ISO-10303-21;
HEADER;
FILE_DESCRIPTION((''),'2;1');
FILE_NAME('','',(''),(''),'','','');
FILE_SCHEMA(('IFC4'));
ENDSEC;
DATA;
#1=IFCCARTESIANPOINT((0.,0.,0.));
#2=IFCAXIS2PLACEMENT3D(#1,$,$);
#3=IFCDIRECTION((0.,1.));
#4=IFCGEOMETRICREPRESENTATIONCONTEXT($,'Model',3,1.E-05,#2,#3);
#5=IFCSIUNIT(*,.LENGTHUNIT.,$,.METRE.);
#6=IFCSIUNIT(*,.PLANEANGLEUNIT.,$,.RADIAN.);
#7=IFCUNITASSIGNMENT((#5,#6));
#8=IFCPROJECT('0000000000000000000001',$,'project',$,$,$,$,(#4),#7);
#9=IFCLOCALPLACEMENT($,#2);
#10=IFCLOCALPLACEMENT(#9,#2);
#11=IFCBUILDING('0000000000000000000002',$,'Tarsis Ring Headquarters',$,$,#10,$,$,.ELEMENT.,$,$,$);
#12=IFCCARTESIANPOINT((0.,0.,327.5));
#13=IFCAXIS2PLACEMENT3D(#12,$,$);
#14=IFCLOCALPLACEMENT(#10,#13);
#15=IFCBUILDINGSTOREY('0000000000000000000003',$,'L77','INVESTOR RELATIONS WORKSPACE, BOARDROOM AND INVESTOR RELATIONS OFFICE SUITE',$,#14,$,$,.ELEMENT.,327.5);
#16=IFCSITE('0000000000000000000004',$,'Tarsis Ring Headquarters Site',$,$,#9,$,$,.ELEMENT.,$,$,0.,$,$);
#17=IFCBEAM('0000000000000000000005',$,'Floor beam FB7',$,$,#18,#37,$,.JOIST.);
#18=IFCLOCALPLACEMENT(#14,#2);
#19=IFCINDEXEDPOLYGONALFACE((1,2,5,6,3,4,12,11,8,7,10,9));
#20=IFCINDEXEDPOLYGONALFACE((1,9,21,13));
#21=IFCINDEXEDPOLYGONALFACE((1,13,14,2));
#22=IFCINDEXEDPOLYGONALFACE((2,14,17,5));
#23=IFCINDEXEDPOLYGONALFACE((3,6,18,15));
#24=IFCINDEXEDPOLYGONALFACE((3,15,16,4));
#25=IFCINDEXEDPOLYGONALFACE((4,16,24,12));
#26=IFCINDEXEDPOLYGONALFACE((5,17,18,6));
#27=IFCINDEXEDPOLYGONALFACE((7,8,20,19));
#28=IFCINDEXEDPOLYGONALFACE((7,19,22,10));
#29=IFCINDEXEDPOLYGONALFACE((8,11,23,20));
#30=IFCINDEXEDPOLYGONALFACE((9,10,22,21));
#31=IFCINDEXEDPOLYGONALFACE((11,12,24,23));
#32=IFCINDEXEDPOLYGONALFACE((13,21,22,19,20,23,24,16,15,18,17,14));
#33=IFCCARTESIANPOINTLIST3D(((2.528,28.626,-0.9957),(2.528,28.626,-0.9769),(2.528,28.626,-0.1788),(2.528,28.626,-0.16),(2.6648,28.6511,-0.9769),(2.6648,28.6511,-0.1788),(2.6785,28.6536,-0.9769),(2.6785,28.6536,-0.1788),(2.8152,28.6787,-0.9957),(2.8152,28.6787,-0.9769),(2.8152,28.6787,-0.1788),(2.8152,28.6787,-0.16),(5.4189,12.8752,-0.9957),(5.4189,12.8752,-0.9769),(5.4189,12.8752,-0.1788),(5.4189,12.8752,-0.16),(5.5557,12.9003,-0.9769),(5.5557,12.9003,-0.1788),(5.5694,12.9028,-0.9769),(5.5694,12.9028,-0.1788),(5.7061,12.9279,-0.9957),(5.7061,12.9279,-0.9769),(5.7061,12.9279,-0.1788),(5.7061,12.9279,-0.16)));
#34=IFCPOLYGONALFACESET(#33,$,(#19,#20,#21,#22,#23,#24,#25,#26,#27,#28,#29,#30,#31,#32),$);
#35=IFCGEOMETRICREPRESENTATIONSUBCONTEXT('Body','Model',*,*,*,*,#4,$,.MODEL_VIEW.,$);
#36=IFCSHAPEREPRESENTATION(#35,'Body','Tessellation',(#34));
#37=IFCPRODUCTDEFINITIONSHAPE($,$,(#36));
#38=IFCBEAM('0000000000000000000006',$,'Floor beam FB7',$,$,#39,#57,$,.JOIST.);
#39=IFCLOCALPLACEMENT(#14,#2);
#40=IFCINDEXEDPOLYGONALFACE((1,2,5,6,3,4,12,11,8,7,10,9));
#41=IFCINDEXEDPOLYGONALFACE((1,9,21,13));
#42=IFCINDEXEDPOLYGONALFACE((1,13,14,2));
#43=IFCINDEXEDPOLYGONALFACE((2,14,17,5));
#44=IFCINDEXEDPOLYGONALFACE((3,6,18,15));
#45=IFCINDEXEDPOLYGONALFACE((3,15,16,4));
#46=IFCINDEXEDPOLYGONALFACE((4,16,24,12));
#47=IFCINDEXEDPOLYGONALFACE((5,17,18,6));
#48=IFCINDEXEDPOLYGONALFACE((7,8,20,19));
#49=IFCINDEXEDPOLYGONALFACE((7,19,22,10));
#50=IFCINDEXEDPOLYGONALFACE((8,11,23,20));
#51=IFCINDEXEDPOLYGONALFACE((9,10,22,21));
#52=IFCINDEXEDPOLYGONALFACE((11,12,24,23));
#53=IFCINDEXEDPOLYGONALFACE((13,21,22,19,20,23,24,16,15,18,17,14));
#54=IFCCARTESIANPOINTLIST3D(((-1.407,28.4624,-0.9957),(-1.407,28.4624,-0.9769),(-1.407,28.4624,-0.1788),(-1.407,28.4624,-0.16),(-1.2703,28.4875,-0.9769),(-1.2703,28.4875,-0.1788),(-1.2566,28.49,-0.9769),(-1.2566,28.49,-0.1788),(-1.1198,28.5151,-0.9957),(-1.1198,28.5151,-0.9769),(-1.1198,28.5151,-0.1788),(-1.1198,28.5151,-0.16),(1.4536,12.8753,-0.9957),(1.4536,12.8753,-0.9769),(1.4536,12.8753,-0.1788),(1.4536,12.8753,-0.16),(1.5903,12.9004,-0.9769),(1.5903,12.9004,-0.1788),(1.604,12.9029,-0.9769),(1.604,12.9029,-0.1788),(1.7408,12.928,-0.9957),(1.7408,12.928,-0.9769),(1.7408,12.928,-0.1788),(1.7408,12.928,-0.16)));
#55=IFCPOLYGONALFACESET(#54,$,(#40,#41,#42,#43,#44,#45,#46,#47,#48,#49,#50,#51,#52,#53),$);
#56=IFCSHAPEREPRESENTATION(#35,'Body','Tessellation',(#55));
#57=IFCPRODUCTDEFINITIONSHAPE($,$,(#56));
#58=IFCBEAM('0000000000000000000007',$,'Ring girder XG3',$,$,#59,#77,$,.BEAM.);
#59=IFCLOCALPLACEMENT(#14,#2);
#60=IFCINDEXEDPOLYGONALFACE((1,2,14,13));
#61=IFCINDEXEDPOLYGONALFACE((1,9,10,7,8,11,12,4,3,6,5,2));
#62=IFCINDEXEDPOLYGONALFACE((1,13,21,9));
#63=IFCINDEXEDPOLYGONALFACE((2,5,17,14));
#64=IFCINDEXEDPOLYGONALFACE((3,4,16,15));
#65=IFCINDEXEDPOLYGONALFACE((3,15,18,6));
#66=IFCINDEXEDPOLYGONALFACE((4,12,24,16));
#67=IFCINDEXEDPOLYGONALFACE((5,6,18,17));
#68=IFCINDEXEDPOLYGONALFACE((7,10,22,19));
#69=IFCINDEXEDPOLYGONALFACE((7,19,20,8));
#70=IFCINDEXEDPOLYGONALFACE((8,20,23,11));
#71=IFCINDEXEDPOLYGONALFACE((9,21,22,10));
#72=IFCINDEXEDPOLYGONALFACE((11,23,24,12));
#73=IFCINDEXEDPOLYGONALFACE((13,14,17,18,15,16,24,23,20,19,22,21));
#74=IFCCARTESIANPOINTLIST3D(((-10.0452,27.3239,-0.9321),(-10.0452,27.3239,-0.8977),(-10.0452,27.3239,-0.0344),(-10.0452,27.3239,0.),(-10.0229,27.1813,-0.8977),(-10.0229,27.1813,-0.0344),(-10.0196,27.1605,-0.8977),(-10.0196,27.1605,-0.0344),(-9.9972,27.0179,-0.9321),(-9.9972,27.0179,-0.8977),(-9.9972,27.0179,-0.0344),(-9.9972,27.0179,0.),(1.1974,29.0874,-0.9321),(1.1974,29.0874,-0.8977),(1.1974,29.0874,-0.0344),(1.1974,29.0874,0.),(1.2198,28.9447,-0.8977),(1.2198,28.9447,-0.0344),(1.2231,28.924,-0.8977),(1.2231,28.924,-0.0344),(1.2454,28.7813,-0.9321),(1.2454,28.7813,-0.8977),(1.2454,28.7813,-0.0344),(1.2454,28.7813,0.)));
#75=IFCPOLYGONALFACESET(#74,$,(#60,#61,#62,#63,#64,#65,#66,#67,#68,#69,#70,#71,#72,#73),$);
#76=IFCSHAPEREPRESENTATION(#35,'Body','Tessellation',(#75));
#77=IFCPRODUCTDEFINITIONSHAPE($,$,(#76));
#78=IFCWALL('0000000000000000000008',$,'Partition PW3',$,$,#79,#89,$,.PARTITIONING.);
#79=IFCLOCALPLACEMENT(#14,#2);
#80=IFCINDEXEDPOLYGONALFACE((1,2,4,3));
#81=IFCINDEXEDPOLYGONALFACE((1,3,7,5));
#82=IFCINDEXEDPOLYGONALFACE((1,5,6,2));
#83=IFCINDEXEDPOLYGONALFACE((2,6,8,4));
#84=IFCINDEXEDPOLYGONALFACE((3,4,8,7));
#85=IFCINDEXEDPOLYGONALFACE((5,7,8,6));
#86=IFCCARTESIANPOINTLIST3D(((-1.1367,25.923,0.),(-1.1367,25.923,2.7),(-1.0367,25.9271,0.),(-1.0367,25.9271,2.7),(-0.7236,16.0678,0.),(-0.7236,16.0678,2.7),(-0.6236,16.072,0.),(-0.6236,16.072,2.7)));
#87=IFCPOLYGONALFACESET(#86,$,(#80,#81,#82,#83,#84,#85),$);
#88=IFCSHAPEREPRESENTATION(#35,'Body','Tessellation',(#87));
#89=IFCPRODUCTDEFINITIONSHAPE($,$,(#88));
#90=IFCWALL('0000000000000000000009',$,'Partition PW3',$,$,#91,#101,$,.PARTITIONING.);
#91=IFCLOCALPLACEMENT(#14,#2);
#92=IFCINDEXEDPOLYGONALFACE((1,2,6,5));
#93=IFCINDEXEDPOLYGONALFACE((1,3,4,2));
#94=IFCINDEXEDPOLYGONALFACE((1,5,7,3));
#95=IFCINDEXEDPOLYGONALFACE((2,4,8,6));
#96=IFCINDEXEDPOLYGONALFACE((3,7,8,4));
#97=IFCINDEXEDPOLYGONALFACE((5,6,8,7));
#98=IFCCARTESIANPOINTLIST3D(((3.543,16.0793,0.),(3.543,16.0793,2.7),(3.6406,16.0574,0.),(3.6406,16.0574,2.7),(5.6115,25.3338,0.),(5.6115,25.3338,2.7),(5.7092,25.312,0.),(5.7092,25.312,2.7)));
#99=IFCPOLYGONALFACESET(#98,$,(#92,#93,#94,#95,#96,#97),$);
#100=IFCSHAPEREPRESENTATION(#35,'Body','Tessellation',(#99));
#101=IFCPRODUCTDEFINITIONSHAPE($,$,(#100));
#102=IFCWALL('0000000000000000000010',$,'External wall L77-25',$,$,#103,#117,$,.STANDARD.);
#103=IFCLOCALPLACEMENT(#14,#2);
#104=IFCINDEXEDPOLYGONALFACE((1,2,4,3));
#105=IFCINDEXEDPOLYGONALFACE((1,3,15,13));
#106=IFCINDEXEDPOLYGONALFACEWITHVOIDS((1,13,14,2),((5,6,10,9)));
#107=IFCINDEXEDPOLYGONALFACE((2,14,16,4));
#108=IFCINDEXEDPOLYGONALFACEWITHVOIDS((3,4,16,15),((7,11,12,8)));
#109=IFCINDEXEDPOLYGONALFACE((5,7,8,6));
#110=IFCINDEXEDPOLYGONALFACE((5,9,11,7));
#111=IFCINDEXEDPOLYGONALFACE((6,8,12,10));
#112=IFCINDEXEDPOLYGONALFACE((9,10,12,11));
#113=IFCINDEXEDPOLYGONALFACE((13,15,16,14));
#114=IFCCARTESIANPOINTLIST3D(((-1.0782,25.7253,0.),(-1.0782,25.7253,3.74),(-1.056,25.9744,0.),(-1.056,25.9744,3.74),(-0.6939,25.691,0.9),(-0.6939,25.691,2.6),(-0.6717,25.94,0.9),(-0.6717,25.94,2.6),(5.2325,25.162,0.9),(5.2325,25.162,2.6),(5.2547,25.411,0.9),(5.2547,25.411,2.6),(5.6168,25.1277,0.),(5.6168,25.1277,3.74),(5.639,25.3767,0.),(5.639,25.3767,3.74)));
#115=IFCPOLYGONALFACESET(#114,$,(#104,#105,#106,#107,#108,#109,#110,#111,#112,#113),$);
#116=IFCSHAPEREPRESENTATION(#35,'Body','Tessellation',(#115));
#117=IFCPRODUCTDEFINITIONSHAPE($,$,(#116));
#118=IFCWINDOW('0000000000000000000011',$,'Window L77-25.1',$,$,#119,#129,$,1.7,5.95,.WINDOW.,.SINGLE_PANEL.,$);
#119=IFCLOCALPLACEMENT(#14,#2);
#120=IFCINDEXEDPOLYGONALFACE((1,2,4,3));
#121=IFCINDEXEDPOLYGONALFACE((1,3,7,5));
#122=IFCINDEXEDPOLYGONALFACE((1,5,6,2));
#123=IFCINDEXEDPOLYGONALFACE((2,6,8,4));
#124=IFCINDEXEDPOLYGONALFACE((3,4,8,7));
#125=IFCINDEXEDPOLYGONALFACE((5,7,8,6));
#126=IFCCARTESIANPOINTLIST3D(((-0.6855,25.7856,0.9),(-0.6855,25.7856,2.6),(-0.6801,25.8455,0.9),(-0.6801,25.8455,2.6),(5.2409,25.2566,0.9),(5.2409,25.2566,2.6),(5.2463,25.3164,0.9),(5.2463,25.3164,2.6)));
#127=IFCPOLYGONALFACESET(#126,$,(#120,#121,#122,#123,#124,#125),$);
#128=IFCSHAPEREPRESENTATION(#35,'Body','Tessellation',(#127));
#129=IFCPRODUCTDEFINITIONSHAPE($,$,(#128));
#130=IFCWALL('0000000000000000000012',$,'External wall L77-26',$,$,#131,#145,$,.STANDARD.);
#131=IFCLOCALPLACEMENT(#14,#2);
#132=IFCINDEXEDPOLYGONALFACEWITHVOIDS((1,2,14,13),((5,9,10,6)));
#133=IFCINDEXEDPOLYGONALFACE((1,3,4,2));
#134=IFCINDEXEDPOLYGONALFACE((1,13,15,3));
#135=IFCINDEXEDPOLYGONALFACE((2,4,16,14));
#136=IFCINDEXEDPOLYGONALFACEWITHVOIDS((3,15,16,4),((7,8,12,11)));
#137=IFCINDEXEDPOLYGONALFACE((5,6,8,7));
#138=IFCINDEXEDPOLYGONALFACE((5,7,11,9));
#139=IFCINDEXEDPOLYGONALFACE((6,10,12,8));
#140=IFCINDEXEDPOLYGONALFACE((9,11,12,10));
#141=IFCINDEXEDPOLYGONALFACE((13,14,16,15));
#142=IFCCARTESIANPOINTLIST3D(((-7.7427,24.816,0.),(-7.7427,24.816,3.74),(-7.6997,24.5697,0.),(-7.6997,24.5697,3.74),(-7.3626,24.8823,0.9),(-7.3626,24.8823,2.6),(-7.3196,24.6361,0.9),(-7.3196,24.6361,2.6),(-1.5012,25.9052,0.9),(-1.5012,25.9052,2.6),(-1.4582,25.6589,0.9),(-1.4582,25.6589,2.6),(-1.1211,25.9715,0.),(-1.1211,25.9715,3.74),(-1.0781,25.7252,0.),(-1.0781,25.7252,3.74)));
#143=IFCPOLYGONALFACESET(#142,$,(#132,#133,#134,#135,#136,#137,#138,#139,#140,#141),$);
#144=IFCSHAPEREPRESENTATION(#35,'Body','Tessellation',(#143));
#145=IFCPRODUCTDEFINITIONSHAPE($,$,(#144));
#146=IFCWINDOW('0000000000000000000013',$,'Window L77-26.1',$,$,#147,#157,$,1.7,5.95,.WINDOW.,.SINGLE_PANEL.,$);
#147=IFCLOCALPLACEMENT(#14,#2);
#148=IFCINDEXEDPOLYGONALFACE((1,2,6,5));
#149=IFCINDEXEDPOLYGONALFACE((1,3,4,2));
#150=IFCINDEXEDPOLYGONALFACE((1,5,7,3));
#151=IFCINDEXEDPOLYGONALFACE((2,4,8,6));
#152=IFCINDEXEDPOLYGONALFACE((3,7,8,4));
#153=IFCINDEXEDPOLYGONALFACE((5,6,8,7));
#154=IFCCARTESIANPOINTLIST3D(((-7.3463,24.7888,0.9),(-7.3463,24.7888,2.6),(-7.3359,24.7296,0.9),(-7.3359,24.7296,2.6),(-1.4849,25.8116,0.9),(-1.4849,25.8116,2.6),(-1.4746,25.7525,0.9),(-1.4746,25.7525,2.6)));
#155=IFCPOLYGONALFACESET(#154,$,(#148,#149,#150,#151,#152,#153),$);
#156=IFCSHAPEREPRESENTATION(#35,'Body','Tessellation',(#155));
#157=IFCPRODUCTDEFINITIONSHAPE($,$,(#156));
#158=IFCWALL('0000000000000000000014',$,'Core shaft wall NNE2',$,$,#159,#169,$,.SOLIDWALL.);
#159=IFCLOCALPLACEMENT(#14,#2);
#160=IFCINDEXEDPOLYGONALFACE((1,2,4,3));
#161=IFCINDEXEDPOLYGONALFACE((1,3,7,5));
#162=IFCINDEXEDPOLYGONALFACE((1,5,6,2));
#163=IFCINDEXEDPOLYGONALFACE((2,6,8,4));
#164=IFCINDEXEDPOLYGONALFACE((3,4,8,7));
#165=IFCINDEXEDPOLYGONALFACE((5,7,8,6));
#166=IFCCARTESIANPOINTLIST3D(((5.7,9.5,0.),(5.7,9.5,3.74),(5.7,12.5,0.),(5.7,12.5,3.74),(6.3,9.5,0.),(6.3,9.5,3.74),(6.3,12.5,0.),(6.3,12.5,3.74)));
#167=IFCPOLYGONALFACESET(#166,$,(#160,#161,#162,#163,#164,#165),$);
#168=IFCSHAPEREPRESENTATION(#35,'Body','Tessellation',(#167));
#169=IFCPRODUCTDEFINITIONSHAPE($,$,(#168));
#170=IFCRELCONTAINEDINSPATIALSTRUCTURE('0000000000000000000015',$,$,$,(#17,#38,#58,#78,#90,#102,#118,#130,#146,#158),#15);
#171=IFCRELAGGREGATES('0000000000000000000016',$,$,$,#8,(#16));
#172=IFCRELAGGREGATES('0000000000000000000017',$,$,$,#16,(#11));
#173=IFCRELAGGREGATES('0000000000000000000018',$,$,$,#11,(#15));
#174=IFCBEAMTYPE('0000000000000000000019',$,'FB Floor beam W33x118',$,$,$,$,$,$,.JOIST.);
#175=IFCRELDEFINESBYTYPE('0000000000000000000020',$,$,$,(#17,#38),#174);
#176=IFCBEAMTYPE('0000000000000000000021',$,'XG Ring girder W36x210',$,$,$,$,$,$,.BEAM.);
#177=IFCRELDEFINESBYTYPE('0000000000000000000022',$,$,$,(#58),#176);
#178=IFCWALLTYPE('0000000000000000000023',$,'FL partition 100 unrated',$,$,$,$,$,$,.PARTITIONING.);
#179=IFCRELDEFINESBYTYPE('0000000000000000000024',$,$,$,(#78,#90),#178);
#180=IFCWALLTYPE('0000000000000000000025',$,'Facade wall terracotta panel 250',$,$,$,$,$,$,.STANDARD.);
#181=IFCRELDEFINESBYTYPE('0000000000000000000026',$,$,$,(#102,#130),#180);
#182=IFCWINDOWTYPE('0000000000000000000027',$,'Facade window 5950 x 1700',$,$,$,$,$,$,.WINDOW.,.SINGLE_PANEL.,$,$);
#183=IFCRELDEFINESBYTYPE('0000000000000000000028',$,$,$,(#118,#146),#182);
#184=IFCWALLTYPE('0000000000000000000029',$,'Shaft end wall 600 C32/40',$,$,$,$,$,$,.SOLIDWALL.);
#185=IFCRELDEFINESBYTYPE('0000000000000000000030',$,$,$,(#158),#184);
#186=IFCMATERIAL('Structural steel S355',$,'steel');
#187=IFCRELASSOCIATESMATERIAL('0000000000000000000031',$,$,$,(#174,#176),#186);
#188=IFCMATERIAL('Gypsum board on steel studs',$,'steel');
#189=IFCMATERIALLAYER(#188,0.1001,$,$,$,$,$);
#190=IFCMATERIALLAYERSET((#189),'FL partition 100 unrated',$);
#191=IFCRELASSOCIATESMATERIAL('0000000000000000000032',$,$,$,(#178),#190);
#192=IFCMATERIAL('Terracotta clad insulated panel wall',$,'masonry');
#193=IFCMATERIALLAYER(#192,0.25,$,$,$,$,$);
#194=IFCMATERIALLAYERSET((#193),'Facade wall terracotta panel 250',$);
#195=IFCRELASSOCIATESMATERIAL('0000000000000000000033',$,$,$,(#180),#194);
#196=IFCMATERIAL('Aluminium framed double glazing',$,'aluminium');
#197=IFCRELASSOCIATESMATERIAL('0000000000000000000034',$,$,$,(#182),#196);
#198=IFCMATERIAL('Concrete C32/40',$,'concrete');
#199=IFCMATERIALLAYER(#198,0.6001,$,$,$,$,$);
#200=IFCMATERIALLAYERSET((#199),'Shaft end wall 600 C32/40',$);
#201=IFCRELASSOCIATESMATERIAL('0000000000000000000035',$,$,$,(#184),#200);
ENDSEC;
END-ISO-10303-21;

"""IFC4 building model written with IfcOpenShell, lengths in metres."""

from ifc_helpers import new_model, si_unit, direction, frame, frame_2d, origin, origin_2d, place, context, subcontext, project, spatial, rectangle, i_section, extrude, material, layer, layer_set, material_profile, profile_set, type_object, element, fill, save


model = new_model("IFC4")

# Units and contexts
model_context = context("Model", 3, precision=1e-05, world=origin(), true_north=direction((0.0, 1.0)))
body_context = subcontext(model_context, "Body", "Model", "MODEL_VIEW")
ifc_project = project(units=[si_unit("LENGTHUNIT", "METRE"), si_unit("PLANEANGLEUNIT", "RADIAN")], contexts=[model_context])

# Site, building, storey
site_placement = place(None, origin())
site = spatial("IfcSite", under=ifc_project, at=site_placement, Name="Tarsis Ring Headquarters Site", CompositionType="ELEMENT", RefElevation=0.0)
building_placement = place(site_placement, origin())
building = spatial("IfcBuilding", under=site, at=building_placement, Name="Tarsis Ring Headquarters", CompositionType="ELEMENT")
storey_placement = place(building_placement, frame((0.0, 0.0, 327.5)))
storey = spatial("IfcBuildingStorey", under=building, at=storey_placement, Name="L77", Description="INVESTOR RELATIONS WORKSPACE, BOARDROOM AND INVESTOR RELATIONS OFFICE SUITE", CompositionType="ELEMENT", Elevation=327.5)

# Shared definitions
ifc_material_1 = material(Name="Structural steel S355", Category="steel")

# Beams
ifc_material_profile_1 = material_profile(ifc_material_1, i_section(OverallWidth=0.292, OverallDepth=0.8357, WebThickness=0.0139, FlangeThickness=0.0188, at=origin_2d()), Name="W33x118")
ifc_profile_set_1 = profile_set([ifc_material_profile_1], Name="Structural steel S355")
beam_type_1 = type_object("IfcBeamType", Name="FB Floor beam W33x118", PredefinedType="JOIST", material=ifc_profile_set_1)
beam_1_placement = place(storey_placement, frame((2.6716, 28.6523, -0.5779), z_axis=(0.180523, -0.983571, 0.0), x_axis=(0.983571, 0.180523, 0.0)))
element("IfcBeam", 1, at=beam_1_placement, inside=storey, type_object=beam_type_1, Name="Floor beam FB7", PredefinedType="JOIST", context=body_context, shape_type="SweptSolid", body=[
    extrude(i_section(OverallWidth=0.292, OverallDepth=0.8357, WebThickness=0.0139, FlangeThickness=0.0188, at=origin_2d()), origin(), (0.0, 0.0, 1.0), 16.0139),
])
beam_2_placement = place(storey_placement, frame((-1.2634, 28.4888, -0.5779), z_axis=(0.180508, -0.983574, 0.0), x_axis=(0.983574, 0.180508, 0.0)))
element("IfcBeam", 2, at=beam_2_placement, inside=storey, type_object=beam_type_1, Name="Floor beam FB7", PredefinedType="JOIST", context=body_context, shape_type="SweptSolid", body=[
    extrude(i_section(OverallWidth=0.292, OverallDepth=0.8357, WebThickness=0.0139, FlangeThickness=0.0188, at=origin_2d()), origin(), (0.0, 0.0, 1.0), 15.8474),
])
ifc_material_profile_2 = material_profile(ifc_material_1, i_section(OverallWidth=0.3098, OverallDepth=0.9321, WebThickness=0.021, FlangeThickness=0.0344, at=origin_2d()), Name="W36x210")
ifc_profile_set_2 = profile_set([ifc_material_profile_2], Name="Structural steel S355")
beam_type_2 = type_object("IfcBeamType", Name="XG Ring girder W36x210", PredefinedType="BEAM", material=ifc_profile_set_2)
beam_3_placement = place(storey_placement, frame((1.2214, 28.9343, -0.4661), z_axis=(-0.987921, -0.154957, 0.0), x_axis=(0.154957, -0.987921, 0.0)))
element("IfcBeam", 3, at=beam_3_placement, inside=storey, type_object=beam_type_2, Name="Ring girder XG3", PredefinedType="BEAM", context=body_context, shape_type="SweptSolid", body=[
    extrude(i_section(OverallWidth=0.3098, OverallDepth=0.9321, WebThickness=0.021, FlangeThickness=0.0344, at=origin_2d()), origin(), (0.0, 0.0, 1.0), 11.3801),
])

# Walls
ifc_material_2 = material(Name="Gypsum board on steel studs", Category="steel")
ifc_layer_1 = layer(ifc_material_2, 0.1001)
ifc_layer_set_1 = layer_set([ifc_layer_1], Name="FL partition 100 unrated")
wall_type_1 = type_object("IfcWallType", Name="FL partition 100 unrated", PredefinedType="PARTITIONING", material=ifc_layer_set_1)
wall_1_placement = place(storey_placement, frame((-1.0867, 25.925, 0.0), z_axis=(0.0, 0.0, 1.0), x_axis=(0.041879, -0.999123, 0.0)))
element("IfcWall", 4, at=wall_1_placement, inside=storey, type_object=wall_type_1, Name="Partition PW3", PredefinedType="PARTITIONING", context=body_context, shape_type="SweptSolid", body=[
    extrude(rectangle(XDim=9.8638, YDim=0.1001, at=frame_2d((4.9319, 0.0))), origin(), (0.0, 0.0, 1.0), 2.7),
])
wall_2_placement = place(storey_placement, frame((3.5918, 16.0684, 0.0), z_axis=(0.0, 0.0, 1.0), x_axis=(0.218138, 0.975918, 0.0)))
element("IfcWall", 5, at=wall_2_placement, inside=storey, type_object=wall_type_1, Name="Partition PW3", PredefinedType="PARTITIONING", context=body_context, shape_type="SweptSolid", body=[
    extrude(rectangle(XDim=9.4829, YDim=0.1001, at=frame_2d((4.7415, 0.0))), origin(), (0.0, 0.0, 1.0), 2.7),
])

# Walls, openings, windows
ifc_material_3 = material(Name="Terracotta clad insulated panel wall", Category="masonry")
ifc_layer_2 = layer(ifc_material_3, 0.25)
ifc_layer_set_2 = layer_set([ifc_layer_2], Name="Facade wall terracotta panel 250")
wall_type_2 = type_object("IfcWallType", Name="Facade wall terracotta panel 250", PredefinedType="STANDARD", material=ifc_layer_set_2)
wall_3_placement = place(storey_placement, frame((5.6279, 25.2522, 0.0), z_axis=(0.0, 0.0, 1.0), x_axis=(-0.996039, 0.088915, 0.0)))
wall_3 = element("IfcWall", 6, at=wall_3_placement, inside=storey, type_object=wall_type_2, Name="External wall L77-25", PredefinedType="STANDARD", context=body_context, shape_type="SweptSolid", body=[
    extrude(rectangle(XDim=6.7217, YDim=0.25, at=frame_2d((3.3608, 0.0))), origin(), (0.0, 0.0, 1.0), 3.74),
])
opening_1_placement = place(wall_3_placement, frame((0.3857, 0.0, 0.8999)))
opening_1 = element("IfcOpeningElement", 7, at=opening_1_placement, cuts=wall_3, PredefinedType="OPENING", context=body_context, shape_type="SweptSolid", body=[
    extrude(rectangle(XDim=5.95, YDim=1.7, at=frame_2d((2.9751, 0.8501))), frame((0.0, 0.135, 0.0), z_axis=(0.0, -1.0, 0.0), x_axis=(1.0, 0.0, 0.0)), (0.0, 0.0, 1.0), 0.27),
])
ifc_material_4 = material(Name="Aluminium framed double glazing", Category="aluminium")
window_type = type_object("IfcWindowType", Name="Facade window 5950 x 1700", PartitioningType="SINGLE_PANEL", PredefinedType="WINDOW", material=ifc_material_4)
window_1_placement = place(opening_1_placement, origin())
window_1 = element("IfcWindow", 8, at=window_1_placement, inside=storey, type_object=window_type, Name="Window L77-25.1", OverallHeight=1.7, OverallWidth=5.95, PartitioningType="SINGLE_PANEL", PredefinedType="WINDOW", context=body_context, shape_type="SweptSolid", body=[
    extrude(rectangle(XDim=5.95, YDim=1.7, at=frame_2d((2.9751, 0.8501))), frame((0.0, 0.03, 0.0), z_axis=(0.0, -1.0, 0.0), x_axis=(1.0, 0.0, 0.0)), (0.0, 0.0, 1.0), 0.0601),
])
fill(opening_1, window_1)
wall_4_placement = place(storey_placement, frame((-1.0996, 25.8484, 0.0), z_axis=(0.0, 0.0, 1.0), x_axis=(-0.985113, -0.17191, 0.0)))
wall_4 = element("IfcWall", 9, at=wall_4_placement, inside=storey, type_object=wall_type_2, Name="External wall L77-26", PredefinedType="STANDARD", context=body_context, shape_type="SweptSolid", body=[
    extrude(rectangle(XDim=6.7217, YDim=0.25, at=frame_2d((3.3608, 0.0))), origin(), (0.0, 0.0, 1.0), 3.74),
])
opening_2_placement = place(wall_4_placement, frame((0.3857, 0.0, 0.8999)))
opening_2 = element("IfcOpeningElement", 10, at=opening_2_placement, cuts=wall_4, PredefinedType="OPENING", context=body_context, shape_type="SweptSolid", body=[
    extrude(rectangle(XDim=5.95, YDim=1.7, at=frame_2d((2.9751, 0.8501))), frame((0.0, 0.135, 0.0), z_axis=(0.0, -1.0, 0.0), x_axis=(1.0, 0.0, 0.0)), (0.0, 0.0, 1.0), 0.27),
])
window_2_placement = place(opening_2_placement, origin())
window_2 = element("IfcWindow", 11, at=window_2_placement, inside=storey, type_object=window_type, Name="Window L77-26.1", OverallHeight=1.7, OverallWidth=5.95, PartitioningType="SINGLE_PANEL", PredefinedType="WINDOW", context=body_context, shape_type="SweptSolid", body=[
    extrude(rectangle(XDim=5.95, YDim=1.7, at=frame_2d((2.9751, 0.8501))), frame((0.0, 0.03, 0.0), z_axis=(0.0, -1.0, 0.0), x_axis=(1.0, 0.0, 0.0)), (0.0, 0.0, 1.0), 0.0601),
])
fill(opening_2, window_2)

# Wall
ifc_material_5 = material(Name="Concrete C32/40", Category="concrete")
ifc_layer_3 = layer(ifc_material_5, 0.6001)
ifc_layer_set_3 = layer_set([ifc_layer_3], Name="Shaft end wall 600 C32/40")
wall_type_3 = type_object("IfcWallType", Name="Shaft end wall 600 C32/40", PredefinedType="SOLIDWALL", material=ifc_layer_set_3)
wall_5_placement = place(storey_placement, frame((6.0, 9.5, 0.0), z_axis=(0.0, 0.0, 1.0), x_axis=(0.0, 1.0, 0.0)))
element("IfcWall", 12, at=wall_5_placement, inside=storey, type_object=wall_type_3, Name="Core shaft wall NNE2", PredefinedType="SOLIDWALL", context=body_context, shape_type="SweptSolid", body=[
    extrude(rectangle(XDim=3.0, YDim=0.6001, at=frame_2d((1.5, 0.0))), origin(), (0.0, 0.0, 1.0), 3.74),
])

save(model, "model.ifc")
